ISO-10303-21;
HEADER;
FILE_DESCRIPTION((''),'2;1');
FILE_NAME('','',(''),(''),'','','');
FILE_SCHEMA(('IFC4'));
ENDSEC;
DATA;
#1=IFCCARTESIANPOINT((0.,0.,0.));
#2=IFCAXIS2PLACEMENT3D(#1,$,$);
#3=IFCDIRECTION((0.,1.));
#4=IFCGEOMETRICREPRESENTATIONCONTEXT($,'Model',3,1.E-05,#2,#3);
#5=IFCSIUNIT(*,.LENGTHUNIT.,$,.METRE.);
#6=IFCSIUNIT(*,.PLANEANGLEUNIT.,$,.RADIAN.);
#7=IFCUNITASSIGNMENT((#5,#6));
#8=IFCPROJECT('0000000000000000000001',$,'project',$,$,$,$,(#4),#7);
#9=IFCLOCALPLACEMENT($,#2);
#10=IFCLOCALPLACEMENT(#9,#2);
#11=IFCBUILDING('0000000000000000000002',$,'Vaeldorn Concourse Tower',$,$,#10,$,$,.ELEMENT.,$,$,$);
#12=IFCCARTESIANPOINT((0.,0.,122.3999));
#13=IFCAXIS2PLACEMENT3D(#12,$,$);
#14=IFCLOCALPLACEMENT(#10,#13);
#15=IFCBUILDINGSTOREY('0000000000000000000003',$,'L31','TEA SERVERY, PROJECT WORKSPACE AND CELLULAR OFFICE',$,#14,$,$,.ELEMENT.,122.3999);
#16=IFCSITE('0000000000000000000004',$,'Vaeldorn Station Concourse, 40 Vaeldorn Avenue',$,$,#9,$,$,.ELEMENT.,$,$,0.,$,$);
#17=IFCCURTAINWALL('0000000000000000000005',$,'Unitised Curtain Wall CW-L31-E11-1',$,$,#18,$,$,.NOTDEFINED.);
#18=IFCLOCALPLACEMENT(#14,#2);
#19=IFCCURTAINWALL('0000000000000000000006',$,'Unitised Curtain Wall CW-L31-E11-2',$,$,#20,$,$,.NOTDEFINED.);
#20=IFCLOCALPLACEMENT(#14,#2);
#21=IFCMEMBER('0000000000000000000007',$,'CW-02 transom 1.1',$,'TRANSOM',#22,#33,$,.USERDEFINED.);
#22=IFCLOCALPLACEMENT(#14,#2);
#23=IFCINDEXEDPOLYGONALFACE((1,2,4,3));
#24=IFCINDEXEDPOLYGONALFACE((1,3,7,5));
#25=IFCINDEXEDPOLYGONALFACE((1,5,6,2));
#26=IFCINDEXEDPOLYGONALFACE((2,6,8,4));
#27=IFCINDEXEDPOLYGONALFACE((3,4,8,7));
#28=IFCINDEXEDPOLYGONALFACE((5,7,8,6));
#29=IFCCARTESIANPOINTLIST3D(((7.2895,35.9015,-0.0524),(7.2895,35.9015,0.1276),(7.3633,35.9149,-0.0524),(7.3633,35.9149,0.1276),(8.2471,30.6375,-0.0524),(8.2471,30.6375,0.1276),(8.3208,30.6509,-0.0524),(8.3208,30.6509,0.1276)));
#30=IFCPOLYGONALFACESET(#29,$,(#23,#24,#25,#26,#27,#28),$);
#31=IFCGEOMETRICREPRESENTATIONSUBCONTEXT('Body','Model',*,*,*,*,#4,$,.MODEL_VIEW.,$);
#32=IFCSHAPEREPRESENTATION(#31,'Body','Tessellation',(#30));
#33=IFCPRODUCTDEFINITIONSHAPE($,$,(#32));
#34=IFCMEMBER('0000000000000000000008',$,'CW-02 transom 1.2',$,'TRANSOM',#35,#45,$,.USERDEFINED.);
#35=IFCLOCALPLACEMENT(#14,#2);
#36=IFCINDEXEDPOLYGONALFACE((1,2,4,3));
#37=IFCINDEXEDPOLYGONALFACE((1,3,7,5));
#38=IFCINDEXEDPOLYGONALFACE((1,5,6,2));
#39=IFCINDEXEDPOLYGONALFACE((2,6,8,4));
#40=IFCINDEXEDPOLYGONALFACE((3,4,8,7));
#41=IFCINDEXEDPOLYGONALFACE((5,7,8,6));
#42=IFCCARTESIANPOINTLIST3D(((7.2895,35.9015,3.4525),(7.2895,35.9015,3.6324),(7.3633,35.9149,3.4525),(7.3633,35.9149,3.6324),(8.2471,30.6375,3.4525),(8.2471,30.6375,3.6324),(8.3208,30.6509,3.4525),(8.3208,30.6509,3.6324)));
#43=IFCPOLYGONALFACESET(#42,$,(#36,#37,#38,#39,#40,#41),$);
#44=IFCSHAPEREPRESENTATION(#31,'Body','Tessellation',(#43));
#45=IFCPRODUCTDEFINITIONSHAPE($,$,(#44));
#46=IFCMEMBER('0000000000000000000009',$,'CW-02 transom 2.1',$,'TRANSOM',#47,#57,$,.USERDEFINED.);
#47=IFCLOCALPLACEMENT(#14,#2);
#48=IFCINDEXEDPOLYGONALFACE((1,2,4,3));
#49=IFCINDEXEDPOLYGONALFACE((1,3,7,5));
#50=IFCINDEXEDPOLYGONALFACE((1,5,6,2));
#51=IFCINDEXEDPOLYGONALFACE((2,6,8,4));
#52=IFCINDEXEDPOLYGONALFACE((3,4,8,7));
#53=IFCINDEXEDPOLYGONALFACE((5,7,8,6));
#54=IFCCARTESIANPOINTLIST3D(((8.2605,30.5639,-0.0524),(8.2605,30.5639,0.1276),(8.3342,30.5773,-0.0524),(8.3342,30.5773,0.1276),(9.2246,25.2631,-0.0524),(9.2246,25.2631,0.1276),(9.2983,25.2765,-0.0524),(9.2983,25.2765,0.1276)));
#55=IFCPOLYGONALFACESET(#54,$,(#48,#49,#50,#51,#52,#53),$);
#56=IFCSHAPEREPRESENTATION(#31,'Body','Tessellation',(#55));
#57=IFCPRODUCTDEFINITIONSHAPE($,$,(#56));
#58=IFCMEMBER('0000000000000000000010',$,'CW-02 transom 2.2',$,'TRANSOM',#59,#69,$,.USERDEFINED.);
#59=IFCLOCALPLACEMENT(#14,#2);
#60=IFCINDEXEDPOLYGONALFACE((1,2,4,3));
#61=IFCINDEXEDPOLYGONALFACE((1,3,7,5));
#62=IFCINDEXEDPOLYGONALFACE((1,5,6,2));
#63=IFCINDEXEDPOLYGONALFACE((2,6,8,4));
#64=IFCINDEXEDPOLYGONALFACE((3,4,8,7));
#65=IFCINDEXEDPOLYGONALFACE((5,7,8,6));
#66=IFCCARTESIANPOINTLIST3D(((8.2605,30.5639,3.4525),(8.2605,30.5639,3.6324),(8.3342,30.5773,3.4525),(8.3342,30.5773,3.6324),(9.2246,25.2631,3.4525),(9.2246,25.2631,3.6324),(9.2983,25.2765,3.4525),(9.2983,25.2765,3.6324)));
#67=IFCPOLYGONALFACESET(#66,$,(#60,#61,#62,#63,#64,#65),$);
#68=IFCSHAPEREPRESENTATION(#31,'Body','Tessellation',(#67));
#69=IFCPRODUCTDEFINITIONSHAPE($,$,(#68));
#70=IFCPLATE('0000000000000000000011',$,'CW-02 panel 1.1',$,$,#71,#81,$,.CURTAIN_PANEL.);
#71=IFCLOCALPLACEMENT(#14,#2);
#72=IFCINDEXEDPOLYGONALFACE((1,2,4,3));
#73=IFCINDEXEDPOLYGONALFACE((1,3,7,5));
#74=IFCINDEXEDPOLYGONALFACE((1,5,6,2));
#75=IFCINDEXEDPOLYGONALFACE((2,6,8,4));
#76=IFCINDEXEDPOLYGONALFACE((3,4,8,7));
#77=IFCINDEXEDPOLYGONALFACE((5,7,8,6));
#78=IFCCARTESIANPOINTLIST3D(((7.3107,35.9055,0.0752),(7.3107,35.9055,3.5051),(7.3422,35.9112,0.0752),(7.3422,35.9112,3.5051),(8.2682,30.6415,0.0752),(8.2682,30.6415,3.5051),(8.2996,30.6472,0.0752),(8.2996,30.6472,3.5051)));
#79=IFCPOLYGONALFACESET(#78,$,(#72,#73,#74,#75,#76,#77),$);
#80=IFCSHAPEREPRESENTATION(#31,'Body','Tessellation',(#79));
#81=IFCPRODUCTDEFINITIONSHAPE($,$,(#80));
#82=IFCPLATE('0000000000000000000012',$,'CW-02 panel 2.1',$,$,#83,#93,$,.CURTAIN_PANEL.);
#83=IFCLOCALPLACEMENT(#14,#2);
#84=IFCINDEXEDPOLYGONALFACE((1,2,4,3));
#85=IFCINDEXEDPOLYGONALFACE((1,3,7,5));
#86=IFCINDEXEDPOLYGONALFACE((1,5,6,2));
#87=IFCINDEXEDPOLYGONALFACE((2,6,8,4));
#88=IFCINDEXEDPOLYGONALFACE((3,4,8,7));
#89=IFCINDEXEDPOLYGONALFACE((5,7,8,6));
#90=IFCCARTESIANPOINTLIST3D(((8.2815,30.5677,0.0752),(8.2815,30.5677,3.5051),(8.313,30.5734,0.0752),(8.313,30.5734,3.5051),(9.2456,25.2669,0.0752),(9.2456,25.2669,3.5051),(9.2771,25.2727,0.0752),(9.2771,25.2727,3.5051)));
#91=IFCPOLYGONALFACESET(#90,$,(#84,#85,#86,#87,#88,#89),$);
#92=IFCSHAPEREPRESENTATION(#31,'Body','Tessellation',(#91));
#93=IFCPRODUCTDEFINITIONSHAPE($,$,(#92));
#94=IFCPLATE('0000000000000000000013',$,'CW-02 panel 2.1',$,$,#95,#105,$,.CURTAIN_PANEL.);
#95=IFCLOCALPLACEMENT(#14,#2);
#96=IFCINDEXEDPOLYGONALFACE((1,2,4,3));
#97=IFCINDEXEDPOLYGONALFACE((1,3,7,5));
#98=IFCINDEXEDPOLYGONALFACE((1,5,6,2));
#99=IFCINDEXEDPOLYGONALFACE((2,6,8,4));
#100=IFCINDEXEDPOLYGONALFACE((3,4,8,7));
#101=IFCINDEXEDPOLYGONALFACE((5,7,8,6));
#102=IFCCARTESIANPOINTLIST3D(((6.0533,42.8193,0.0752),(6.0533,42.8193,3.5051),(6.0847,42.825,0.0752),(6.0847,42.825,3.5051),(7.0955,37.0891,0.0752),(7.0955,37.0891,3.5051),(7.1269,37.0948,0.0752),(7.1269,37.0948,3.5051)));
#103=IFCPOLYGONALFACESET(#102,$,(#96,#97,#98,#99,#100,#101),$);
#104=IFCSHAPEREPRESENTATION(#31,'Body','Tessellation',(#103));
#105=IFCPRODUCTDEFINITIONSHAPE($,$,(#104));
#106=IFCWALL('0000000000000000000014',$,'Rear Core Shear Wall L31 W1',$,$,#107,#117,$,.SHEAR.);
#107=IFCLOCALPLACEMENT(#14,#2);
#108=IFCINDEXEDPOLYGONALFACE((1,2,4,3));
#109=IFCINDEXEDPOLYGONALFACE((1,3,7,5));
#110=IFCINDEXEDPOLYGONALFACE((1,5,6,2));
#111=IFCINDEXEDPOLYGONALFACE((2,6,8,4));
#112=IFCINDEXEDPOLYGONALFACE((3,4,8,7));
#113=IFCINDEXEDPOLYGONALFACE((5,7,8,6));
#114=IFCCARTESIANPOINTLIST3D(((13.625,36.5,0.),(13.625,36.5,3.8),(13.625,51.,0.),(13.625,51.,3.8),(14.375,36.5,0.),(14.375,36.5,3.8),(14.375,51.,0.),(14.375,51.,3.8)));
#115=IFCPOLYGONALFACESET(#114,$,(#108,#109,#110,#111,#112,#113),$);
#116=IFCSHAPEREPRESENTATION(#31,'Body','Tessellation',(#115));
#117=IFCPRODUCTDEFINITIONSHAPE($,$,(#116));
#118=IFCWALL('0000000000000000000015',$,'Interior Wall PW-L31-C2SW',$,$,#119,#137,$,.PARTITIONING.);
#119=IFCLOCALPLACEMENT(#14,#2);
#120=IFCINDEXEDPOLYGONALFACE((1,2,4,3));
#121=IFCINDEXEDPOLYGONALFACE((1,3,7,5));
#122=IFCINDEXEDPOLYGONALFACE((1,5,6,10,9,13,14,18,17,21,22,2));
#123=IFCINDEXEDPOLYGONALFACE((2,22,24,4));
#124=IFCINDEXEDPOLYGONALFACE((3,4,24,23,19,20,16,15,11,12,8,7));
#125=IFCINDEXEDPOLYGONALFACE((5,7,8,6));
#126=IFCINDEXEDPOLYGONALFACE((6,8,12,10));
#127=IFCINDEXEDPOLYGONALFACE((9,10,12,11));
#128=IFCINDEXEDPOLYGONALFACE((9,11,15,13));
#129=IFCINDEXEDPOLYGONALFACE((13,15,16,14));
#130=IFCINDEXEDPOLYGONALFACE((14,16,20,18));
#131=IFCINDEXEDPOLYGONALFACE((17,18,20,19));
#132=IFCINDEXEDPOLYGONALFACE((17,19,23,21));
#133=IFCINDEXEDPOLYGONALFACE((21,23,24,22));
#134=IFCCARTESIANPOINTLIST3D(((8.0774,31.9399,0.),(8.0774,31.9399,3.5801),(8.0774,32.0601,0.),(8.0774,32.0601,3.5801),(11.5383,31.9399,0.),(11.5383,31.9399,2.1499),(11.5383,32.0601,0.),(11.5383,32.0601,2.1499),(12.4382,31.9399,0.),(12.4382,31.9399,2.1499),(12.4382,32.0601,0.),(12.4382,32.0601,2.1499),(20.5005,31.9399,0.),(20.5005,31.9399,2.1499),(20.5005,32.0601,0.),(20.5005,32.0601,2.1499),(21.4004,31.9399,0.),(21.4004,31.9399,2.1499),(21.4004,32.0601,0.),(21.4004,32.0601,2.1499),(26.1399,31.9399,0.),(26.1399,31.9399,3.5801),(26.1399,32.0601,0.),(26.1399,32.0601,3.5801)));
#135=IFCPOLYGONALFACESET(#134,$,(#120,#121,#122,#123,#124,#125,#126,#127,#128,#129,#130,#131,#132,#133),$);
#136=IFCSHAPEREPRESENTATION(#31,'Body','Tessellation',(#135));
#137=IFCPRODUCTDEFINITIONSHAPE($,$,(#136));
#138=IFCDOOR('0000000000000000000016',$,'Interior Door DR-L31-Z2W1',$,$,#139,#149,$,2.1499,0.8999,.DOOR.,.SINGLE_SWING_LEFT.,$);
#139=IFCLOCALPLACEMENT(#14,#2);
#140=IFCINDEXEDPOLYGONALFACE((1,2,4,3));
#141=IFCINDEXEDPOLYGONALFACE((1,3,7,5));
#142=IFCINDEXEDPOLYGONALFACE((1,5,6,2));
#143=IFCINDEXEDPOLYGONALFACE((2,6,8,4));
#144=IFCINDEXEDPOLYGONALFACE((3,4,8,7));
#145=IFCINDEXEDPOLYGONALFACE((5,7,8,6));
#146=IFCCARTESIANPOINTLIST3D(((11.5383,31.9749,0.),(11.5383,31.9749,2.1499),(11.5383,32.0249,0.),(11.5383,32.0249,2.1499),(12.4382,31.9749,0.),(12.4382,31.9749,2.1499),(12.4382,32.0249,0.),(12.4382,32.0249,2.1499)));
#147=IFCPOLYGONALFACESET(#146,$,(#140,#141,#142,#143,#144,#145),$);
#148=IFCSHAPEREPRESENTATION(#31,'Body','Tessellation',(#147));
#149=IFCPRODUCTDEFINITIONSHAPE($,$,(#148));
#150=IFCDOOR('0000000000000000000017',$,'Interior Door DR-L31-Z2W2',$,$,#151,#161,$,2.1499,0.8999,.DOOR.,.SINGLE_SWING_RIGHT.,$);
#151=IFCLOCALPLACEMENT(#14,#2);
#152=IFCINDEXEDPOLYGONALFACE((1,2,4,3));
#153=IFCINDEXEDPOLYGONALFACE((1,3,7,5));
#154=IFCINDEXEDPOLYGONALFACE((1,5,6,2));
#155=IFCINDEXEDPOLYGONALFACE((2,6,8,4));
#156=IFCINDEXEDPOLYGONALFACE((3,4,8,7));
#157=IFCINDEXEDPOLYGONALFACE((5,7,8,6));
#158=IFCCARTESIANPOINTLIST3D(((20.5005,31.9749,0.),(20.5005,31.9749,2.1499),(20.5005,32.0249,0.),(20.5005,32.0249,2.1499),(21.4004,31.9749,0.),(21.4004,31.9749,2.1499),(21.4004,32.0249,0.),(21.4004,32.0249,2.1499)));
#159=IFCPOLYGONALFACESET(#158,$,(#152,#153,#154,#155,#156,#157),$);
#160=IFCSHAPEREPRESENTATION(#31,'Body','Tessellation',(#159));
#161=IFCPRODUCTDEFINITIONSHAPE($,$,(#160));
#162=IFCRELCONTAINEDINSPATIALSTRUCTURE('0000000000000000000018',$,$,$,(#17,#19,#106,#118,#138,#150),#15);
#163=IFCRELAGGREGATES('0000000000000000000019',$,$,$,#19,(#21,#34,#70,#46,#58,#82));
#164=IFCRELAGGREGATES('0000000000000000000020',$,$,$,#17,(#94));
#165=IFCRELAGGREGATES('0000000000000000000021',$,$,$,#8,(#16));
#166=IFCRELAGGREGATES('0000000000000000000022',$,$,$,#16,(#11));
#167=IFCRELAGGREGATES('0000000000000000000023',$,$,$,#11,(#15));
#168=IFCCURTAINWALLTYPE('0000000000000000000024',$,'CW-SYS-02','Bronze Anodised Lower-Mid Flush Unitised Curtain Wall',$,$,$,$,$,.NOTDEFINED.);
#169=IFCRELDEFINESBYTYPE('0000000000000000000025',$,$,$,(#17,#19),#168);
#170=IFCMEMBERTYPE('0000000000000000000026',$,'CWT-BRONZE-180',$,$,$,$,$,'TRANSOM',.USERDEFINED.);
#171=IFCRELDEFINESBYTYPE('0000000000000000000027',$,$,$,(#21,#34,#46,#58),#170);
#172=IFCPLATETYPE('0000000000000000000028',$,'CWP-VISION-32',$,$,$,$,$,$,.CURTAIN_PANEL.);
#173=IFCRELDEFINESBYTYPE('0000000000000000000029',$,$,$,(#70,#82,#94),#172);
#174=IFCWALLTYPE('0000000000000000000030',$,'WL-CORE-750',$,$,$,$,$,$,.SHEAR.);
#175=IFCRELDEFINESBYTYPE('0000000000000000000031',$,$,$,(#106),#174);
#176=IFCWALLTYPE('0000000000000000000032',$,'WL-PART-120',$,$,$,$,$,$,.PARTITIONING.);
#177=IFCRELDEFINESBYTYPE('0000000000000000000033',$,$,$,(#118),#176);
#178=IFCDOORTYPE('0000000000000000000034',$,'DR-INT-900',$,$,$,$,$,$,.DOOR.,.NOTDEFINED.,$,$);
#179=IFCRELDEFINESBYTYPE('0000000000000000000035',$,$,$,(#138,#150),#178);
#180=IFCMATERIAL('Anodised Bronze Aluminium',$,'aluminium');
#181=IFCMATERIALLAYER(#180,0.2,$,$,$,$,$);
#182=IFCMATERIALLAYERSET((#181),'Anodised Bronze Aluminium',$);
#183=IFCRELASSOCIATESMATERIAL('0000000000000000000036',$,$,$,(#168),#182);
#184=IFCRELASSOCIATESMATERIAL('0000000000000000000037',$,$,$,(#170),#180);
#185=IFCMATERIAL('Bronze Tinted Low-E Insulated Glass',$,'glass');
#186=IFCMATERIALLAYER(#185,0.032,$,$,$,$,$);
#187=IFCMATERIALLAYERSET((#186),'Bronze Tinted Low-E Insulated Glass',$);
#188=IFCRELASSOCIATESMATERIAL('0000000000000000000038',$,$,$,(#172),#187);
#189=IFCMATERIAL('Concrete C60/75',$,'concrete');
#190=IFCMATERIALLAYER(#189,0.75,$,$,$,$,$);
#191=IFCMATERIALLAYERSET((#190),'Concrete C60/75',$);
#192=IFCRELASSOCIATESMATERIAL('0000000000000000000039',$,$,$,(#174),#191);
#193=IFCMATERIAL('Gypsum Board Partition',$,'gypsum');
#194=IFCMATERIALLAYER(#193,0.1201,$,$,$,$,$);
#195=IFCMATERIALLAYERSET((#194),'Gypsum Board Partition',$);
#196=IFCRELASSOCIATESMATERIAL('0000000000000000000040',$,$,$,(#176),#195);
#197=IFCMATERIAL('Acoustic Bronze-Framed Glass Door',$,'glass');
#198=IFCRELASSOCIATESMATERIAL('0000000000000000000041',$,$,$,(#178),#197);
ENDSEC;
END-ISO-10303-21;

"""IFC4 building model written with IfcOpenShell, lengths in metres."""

from ifc_helpers import new_model, si_unit, direction, frame, frame_2d, origin, origin_2d, place, context, subcontext, project, spatial, rectangle, extrude, source, transform, mapped, material, layer, layer_set, material_profile, profile_set, type_object, element, fill, aggregate, save


model = new_model("IFC4")

# Units and contexts
model_context = context("Model", 3, precision=1e-05, world=origin(), true_north=direction((0.0, 1.0)))
body_context = subcontext(model_context, "Body", "Model", "MODEL_VIEW")
ifc_project = project(units=[si_unit("LENGTHUNIT", "METRE"), si_unit("PLANEANGLEUNIT", "RADIAN")], contexts=[model_context])

# Site, building, storey
site_placement = place(None, origin())
site = spatial("IfcSite", under=ifc_project, at=site_placement, Name="Vaeldorn Station Concourse, 40 Vaeldorn Avenue", CompositionType="ELEMENT", RefElevation=0.0)
building_placement = place(site_placement, origin())
building = spatial("IfcBuilding", under=site, at=building_placement, Name="Vaeldorn Concourse Tower", CompositionType="ELEMENT")
storey_placement = place(building_placement, frame((0.0, 0.0, 122.3999)))
storey = spatial("IfcBuildingStorey", under=building, at=storey_placement, Name="L31", Description="TEA SERVERY, PROJECT WORKSPACE AND CELLULAR OFFICE", CompositionType="ELEMENT", Elevation=122.3999)

# Shared definitions
ifc_material_1 = material(Name="Concrete C60/75", Category="concrete")

# Curtain wall
ifc_material_2 = material(Name="Anodised Bronze Aluminium", Category="aluminium")
ifc_layer_1 = layer(ifc_material_2, 0.2)
ifc_layer_set_1 = layer_set([ifc_layer_1], Name="Anodised Bronze Aluminium")
curtain_wall_type = type_object("IfcCurtainWallType", Name="CW-SYS-02", Description="Bronze Anodised Lower-Mid Flush Unitised Curtain Wall", PredefinedType="NOTDEFINED", material=ifc_layer_set_1)
curtain_wall_1_placement = place(storey_placement, origin())
curtain_wall_1 = element("IfcCurtainWall", 1, at=curtain_wall_1_placement, inside=storey, type_object=curtain_wall_type, Name="Unitised Curtain Wall CW-L31-E11-1", PredefinedType="NOTDEFINED")

# Curtain wall, members, plates
curtain_wall_2_placement = place(storey_placement, origin())
curtain_wall_2 = element("IfcCurtainWall", 2, at=curtain_wall_2_placement, inside=storey, type_object=curtain_wall_type, Name="Unitised Curtain Wall CW-L31-E11-2", PredefinedType="NOTDEFINED")
ifc_material_profile_1 = material_profile(ifc_material_2, rectangle(XDim=0.075, YDim=0.1799, at=origin_2d()), Name="CWT 75x180")
ifc_profile_set_1 = profile_set([ifc_material_profile_1], Name="Anodised Bronze Aluminium")
member_type_1 = type_object("IfcMemberType", Name="CWT-BRONZE-180", ElementType="TRANSOM", PredefinedType="USERDEFINED", material=ifc_profile_set_1)
shared_shape_1 = source(origin(), body_context, "Body", "SweptSolid", [
    extrude(rectangle(XDim=0.075, YDim=0.1799, at=origin_2d()), origin(), (0.0, 0.0, 1.0), 5.3503),
])
member_1_placement = place(storey_placement, frame((7.3264, 35.9082, 0.0376), z_axis=(0.178966, -0.983855, 0.0), x_axis=(0.983855, 0.178966, 0.0)))
member_1 = element("IfcMember", 3, at=member_1_placement, type_object=member_type_1, Name="CW-02 transom 1.1", ObjectType="TRANSOM", PredefinedType="USERDEFINED", context=body_context, shape_type="MappedRepresentation", body=[
    mapped(shared_shape_1, transform((0.0, 0.0, 0.0), scale=1.0)),
])
member_2_placement = place(storey_placement, frame((7.3264, 35.9082, 3.5425), z_axis=(0.178966, -0.983855, 0.0), x_axis=(0.983855, 0.178966, 0.0)))
member_2 = element("IfcMember", 4, at=member_2_placement, type_object=member_type_1, Name="CW-02 transom 1.2", ObjectType="TRANSOM", PredefinedType="USERDEFINED", context=body_context, shape_type="MappedRepresentation", body=[
    mapped(shared_shape_1, transform((0.0, 0.0, 0.0), scale=1.0)),
])
shared_shape_2 = source(origin(), body_context, "Body", "SweptSolid", [
    extrude(rectangle(XDim=0.075, YDim=0.1799, at=origin_2d()), origin(), (0.0, 0.0, 1.0), 5.3877),
])
member_3_placement = place(storey_placement, frame((8.2974, 30.5706, 0.0376), z_axis=(0.178945, -0.983859, 0.0), x_axis=(0.983859, 0.178945, 0.0)))
member_3 = element("IfcMember", 5, at=member_3_placement, type_object=member_type_1, Name="CW-02 transom 2.1", ObjectType="TRANSOM", PredefinedType="USERDEFINED", context=body_context, shape_type="MappedRepresentation", body=[
    mapped(shared_shape_2, transform((0.0, 0.0, 0.0), scale=1.0)),
])
member_4_placement = place(storey_placement, frame((8.2974, 30.5706, 3.5425), z_axis=(0.178945, -0.983859, 0.0), x_axis=(0.983859, 0.178945, 0.0)))
member_4 = element("IfcMember", 6, at=member_4_placement, type_object=member_type_1, Name="CW-02 transom 2.2", ObjectType="TRANSOM", PredefinedType="USERDEFINED", context=body_context, shape_type="MappedRepresentation", body=[
    mapped(shared_shape_2, transform((0.0, 0.0, 0.0), scale=1.0)),
])
ifc_material_3 = material(Name="Bronze Tinted Low-E Insulated Glass", Category="glass")
ifc_layer_2 = layer(ifc_material_3, 0.032)
ifc_layer_set_2 = layer_set([ifc_layer_2], Name="Bronze Tinted Low-E Insulated Glass")
plate_type = type_object("IfcPlateType", Name="CWP-VISION-32", PredefinedType="CURTAIN_PANEL", material=ifc_layer_set_2)
shared_shape_3 = source(origin(), body_context, "Body", "SweptSolid", [
    extrude(rectangle(XDim=5.3503, YDim=0.032, at=origin_2d()), origin(), (0.0, 0.0, 1.0), 3.4299),
])
plate_1_placement = place(storey_placement, frame((7.8052, 33.2764, 0.0752), z_axis=(0.0, 0.0, 1.0), x_axis=(0.178945, -0.983859, 0.0)))
plate_1 = element("IfcPlate", 7, at=plate_1_placement, type_object=plate_type, Name="CW-02 panel 1.1", PredefinedType="CURTAIN_PANEL", context=body_context, shape_type="MappedRepresentation", body=[
    mapped(shared_shape_3, transform((0.0, 0.0, 0.0), scale=1.0)),
])
shared_shape_4 = source(origin(), body_context, "Body", "SweptSolid", [
    extrude(rectangle(XDim=5.3877, YDim=0.032, at=origin_2d()), origin(), (0.0, 0.0, 1.0), 3.4299),
])
plate_2_placement = place(storey_placement, frame((8.7793, 27.9202, 0.0752), z_axis=(0.0, 0.0, 1.0), x_axis=(0.178945, -0.983859, 0.0)))
plate_2 = element("IfcPlate", 8, at=plate_2_placement, type_object=plate_type, Name="CW-02 panel 2.1", PredefinedType="CURTAIN_PANEL", context=body_context, shape_type="MappedRepresentation", body=[
    mapped(shared_shape_4, transform((0.0, 0.0, 0.0), scale=1.0)),
])
aggregate(curtain_wall_2, [member_1, member_2, plate_1, member_3, member_4, plate_2])

# Plate
shared_shape_5 = source(origin(), body_context, "Body", "SweptSolid", [
    extrude(rectangle(XDim=5.8242, YDim=0.032, at=origin_2d()), origin(), (0.0, 0.0, 1.0), 3.4299),
])
plate_3_placement = place(storey_placement, frame((6.5901, 39.957, 0.0752), z_axis=(0.0, 0.0, 1.0), x_axis=(0.178943, -0.98386, 0.0)))
plate_3 = element("IfcPlate", 9, at=plate_3_placement, type_object=plate_type, Name="CW-02 panel 2.1", PredefinedType="CURTAIN_PANEL", context=body_context, shape_type="MappedRepresentation", body=[
    mapped(shared_shape_5, transform((0.0, 0.0, 0.0), scale=1.0)),
])
aggregate(curtain_wall_1, [plate_3])

# Wall
ifc_layer_3 = layer(ifc_material_1, 0.75)
ifc_layer_set_3 = layer_set([ifc_layer_3], Name="Concrete C60/75")
wall_type_1 = type_object("IfcWallType", Name="WL-CORE-750", PredefinedType="SHEAR", material=ifc_layer_set_3)
wall_1_placement = place(storey_placement, frame((14.0, 36.5, 0.0), z_axis=(0.0, 0.0, 1.0), x_axis=(0.0, 1.0, 0.0)))
element("IfcWall", 10, at=wall_1_placement, inside=storey, type_object=wall_type_1, Name="Rear Core Shear Wall L31 W1", PredefinedType="SHEAR", context=body_context, shape_type="SweptSolid", body=[
    extrude(rectangle(XDim=14.5, YDim=0.75, at=frame_2d((7.25, 0.0))), origin(), (0.0, 0.0, 1.0), 3.8),
])

# Wall, openings, doors
ifc_material_4 = material(Name="Gypsum Board Partition", Category="gypsum")
ifc_layer_4 = layer(ifc_material_4, 0.1201)
ifc_layer_set_4 = layer_set([ifc_layer_4], Name="Gypsum Board Partition")
wall_type_2 = type_object("IfcWallType", Name="WL-PART-120", PredefinedType="PARTITIONING", material=ifc_layer_set_4)
wall_2_placement = place(storey_placement, frame((8.0774, 32.0, 0.0), z_axis=(0.0, 0.0, 1.0), x_axis=(1.0, 0.0, 0.0)))
wall_2 = element("IfcWall", 11, at=wall_2_placement, inside=storey, type_object=wall_type_2, Name="Interior Wall PW-L31-C2SW", PredefinedType="PARTITIONING", context=body_context, shape_type="SweptSolid", body=[
    extrude(rectangle(XDim=18.0625, YDim=0.1201, at=frame_2d((9.0312, 0.0))), origin(), (0.0, 0.0, 1.0), 3.5801),
])
opening_1_placement = place(wall_2_placement, frame((3.4609, 0.0, 0.0)))
opening_1 = element("IfcOpeningElement", 12, at=opening_1_placement, cuts=wall_2, PredefinedType="OPENING", context=body_context, shape_type="SweptSolid", body=[
    extrude(rectangle(XDim=0.8999, YDim=2.1499, at=frame_2d((0.45, 1.075))), frame((0.0, 0.0701, 0.0), z_axis=(0.0, -1.0, 0.0), x_axis=(1.0, 0.0, 0.0)), (0.0, 0.0, 1.0), 0.1401),
])
opening_2_placement = place(wall_2_placement, frame((12.4231, 0.0, 0.0)))
opening_2 = element("IfcOpeningElement", 13, at=opening_2_placement, cuts=wall_2, PredefinedType="OPENING", context=body_context, shape_type="SweptSolid", body=[
    extrude(rectangle(XDim=0.8999, YDim=2.1499, at=frame_2d((0.45, 1.075))), frame((0.0, 0.0701, 0.0), z_axis=(0.0, -1.0, 0.0), x_axis=(1.0, 0.0, 0.0)), (0.0, 0.0, 1.0), 0.1401),
])
ifc_material_5 = material(Name="Acoustic Bronze-Framed Glass Door", Category="glass")
door_type = type_object("IfcDoorType", Name="DR-INT-900", OperationType="NOTDEFINED", PredefinedType="DOOR", material=ifc_material_5)
shared_shape_6 = source(origin(), body_context, "Body", "SweptSolid", [
    extrude(rectangle(XDim=0.8999, YDim=2.1499, at=frame_2d((0.45, 1.075))), frame((0.0, 0.0249, 0.0), z_axis=(0.0, -1.0, 0.0), x_axis=(1.0, 0.0, 0.0)), (0.0, 0.0, 1.0), 0.05),
])
door_1_placement = place(opening_1_placement, origin())
door_1 = element("IfcDoor", 14, at=door_1_placement, inside=storey, type_object=door_type, Name="Interior Door DR-L31-Z2W1", OperationType="SINGLE_SWING_LEFT", OverallHeight=2.1499, OverallWidth=0.8999, PredefinedType="DOOR", context=body_context, shape_type="MappedRepresentation", body=[
    mapped(shared_shape_6, transform((0.0, 0.0, 0.0), scale=1.0)),
])
fill(opening_1, door_1)
door_2_placement = place(opening_2_placement, origin())
door_2 = element("IfcDoor", 15, at=door_2_placement, inside=storey, type_object=door_type, Name="Interior Door DR-L31-Z2W2", OperationType="SINGLE_SWING_RIGHT", OverallHeight=2.1499, OverallWidth=0.8999, PredefinedType="DOOR", context=body_context, shape_type="MappedRepresentation", body=[
    mapped(shared_shape_6, transform((0.0, 0.0, 0.0), scale=1.0)),
])
fill(opening_2, door_2)

save(model, "model.ifc")
